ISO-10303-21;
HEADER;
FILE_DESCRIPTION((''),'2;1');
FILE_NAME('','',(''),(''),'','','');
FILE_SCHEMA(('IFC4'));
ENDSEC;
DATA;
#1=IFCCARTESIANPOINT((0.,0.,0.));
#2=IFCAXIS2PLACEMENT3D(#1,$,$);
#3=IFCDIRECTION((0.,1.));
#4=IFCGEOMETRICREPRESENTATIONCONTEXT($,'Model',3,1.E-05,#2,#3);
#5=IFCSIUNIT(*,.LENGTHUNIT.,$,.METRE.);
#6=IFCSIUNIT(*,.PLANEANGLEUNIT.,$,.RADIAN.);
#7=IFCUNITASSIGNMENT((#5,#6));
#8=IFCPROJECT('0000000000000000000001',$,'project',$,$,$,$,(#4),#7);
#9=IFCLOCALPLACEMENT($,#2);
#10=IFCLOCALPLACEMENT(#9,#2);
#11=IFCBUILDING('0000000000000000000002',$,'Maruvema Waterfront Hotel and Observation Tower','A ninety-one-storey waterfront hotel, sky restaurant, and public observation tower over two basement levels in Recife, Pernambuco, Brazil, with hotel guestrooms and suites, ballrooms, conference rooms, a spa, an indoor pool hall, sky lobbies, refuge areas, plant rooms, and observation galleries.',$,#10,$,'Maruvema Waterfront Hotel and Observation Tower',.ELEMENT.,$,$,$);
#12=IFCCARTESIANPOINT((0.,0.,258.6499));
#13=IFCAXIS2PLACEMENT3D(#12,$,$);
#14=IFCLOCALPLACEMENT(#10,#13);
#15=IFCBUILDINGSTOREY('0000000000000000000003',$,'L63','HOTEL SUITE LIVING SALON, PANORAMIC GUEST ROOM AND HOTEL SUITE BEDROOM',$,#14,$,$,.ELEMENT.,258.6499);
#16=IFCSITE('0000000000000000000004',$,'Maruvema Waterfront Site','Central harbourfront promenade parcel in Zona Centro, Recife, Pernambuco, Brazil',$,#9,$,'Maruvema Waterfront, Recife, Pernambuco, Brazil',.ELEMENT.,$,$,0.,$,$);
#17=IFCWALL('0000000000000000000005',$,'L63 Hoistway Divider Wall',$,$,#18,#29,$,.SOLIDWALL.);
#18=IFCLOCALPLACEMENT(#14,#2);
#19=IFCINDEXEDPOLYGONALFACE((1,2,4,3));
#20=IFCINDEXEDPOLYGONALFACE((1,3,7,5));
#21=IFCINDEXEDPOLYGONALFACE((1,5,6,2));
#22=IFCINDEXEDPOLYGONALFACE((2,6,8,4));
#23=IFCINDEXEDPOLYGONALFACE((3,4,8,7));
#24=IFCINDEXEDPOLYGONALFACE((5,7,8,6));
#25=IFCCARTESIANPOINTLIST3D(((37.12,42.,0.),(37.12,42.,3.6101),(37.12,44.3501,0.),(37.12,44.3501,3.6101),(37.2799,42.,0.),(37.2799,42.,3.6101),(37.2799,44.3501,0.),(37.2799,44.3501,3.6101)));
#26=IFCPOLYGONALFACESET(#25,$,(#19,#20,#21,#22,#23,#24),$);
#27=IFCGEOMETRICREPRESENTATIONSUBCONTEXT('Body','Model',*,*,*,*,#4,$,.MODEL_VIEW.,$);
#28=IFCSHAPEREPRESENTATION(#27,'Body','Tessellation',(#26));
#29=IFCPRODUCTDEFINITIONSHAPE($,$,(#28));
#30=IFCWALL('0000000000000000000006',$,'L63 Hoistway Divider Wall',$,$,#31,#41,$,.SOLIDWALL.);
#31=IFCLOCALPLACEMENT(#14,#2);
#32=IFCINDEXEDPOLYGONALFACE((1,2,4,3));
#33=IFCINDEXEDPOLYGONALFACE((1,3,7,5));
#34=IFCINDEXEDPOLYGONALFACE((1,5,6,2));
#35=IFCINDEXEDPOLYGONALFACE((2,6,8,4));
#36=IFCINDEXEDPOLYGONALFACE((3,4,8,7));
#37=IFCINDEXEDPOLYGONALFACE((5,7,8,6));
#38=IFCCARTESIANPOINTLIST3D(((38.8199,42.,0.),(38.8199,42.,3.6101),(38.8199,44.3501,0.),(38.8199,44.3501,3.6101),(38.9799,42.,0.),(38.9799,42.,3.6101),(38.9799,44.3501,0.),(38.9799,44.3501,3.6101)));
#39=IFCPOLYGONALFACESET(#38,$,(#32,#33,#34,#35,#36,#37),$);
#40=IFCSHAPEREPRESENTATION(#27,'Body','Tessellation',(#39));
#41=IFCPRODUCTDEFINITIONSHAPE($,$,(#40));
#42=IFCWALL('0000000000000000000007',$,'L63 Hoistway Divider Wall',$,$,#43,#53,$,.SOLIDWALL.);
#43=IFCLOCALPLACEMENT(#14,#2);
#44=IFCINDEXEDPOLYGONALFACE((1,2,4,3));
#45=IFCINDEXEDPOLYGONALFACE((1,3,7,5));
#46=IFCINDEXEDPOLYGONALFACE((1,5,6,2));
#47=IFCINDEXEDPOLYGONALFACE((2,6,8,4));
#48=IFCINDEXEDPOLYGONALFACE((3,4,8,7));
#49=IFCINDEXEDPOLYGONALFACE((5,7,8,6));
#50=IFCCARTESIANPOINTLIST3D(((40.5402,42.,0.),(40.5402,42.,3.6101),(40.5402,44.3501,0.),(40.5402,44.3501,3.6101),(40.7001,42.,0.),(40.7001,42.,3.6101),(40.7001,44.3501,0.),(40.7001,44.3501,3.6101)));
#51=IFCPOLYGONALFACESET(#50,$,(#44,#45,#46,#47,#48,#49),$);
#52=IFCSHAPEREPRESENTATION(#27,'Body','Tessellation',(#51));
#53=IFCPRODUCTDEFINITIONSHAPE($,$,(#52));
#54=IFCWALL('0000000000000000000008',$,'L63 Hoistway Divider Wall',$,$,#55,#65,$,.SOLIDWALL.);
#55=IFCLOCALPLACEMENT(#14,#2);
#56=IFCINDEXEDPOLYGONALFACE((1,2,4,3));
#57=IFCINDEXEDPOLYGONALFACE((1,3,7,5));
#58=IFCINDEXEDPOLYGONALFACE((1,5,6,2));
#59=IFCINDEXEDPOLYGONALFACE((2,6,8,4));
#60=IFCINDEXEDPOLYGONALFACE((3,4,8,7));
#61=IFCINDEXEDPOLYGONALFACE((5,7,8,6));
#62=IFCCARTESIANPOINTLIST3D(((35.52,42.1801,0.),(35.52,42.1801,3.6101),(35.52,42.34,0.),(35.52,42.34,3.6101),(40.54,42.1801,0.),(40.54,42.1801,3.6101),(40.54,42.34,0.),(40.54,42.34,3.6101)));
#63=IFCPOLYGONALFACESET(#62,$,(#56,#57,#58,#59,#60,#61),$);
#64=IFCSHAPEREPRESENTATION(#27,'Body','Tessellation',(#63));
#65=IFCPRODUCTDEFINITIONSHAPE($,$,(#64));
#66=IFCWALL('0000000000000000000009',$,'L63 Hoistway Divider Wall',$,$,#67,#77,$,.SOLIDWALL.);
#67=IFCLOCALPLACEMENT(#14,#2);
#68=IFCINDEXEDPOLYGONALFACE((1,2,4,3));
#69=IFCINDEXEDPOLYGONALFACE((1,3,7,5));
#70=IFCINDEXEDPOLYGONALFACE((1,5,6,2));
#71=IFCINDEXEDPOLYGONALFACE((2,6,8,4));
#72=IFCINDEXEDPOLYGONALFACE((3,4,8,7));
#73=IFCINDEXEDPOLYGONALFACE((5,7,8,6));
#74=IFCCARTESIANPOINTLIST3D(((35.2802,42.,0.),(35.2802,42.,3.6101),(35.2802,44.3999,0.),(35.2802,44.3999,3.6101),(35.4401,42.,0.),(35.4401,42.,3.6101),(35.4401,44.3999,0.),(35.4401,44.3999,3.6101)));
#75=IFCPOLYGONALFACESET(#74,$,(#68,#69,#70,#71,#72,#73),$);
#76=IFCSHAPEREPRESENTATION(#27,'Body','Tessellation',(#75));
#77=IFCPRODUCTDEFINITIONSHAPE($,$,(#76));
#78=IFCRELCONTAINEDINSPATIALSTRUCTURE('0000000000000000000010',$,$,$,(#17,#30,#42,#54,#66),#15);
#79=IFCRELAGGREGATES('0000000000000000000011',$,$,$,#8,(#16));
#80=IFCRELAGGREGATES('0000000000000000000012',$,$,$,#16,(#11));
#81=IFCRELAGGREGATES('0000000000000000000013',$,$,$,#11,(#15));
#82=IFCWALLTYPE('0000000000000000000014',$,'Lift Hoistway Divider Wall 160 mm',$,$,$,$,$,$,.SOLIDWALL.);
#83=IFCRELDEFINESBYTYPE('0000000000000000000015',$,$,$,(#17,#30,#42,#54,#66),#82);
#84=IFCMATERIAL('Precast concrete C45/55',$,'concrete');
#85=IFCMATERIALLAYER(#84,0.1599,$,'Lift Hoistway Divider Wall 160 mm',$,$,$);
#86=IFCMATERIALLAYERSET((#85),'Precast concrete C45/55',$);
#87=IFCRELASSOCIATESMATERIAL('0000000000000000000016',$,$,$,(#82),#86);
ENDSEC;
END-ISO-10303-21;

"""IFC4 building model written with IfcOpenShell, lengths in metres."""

from ifc_helpers import new_model, si_unit, direction, frame, frame_2d, origin, place, context, subcontext, project, spatial, rectangle, extrude, material, layer, layer_set, type_object, element, save


model = new_model("IFC4")

# Units and contexts
model_context = context("Model", 3, precision=1e-05, world=origin(), true_north=direction((0.0, 1.0)))
body_context = subcontext(model_context, "Body", "Model", "MODEL_VIEW")
ifc_project = project(units=[si_unit("LENGTHUNIT", "METRE"), si_unit("PLANEANGLEUNIT", "RADIAN")], contexts=[model_context])

# Site, building, storey
site_placement = place(None, origin())
site = spatial("IfcSite", under=ifc_project, at=site_placement, Name="Maruvema Waterfront Site", Description="Central harbourfront promenade parcel in Zona Centro, Recife, Pernambuco, Brazil", LongName="Maruvema Waterfront, Recife, Pernambuco, Brazil", CompositionType="ELEMENT", RefElevation=0.0)
building_placement = place(site_placement, origin())
building = spatial("IfcBuilding", under=site, at=building_placement, Name="Maruvema Waterfront Hotel and Observation Tower", Description="A ninety-one-storey waterfront hotel, sky restaurant, and public observation tower over two basement levels in Recife, Pernambuco, Brazil, with hotel guestrooms and suites, ballrooms, conference rooms, a spa, an indoor pool hall, sky lobbies, refuge areas, plant rooms, and observation galleries.", LongName="Maruvema Waterfront Hotel and Observation Tower", CompositionType="ELEMENT")
storey_placement = place(building_placement, frame((0.0, 0.0, 258.6499)))
storey = spatial("IfcBuildingStorey", under=building, at=storey_placement, Name="L63", Description="HOTEL SUITE LIVING SALON, PANORAMIC GUEST ROOM AND HOTEL SUITE BEDROOM", CompositionType="ELEMENT", Elevation=258.6499)

# Walls
ifc_material_1 = material(Name="Precast concrete C45/55", Category="concrete")
ifc_layer_1 = layer(ifc_material_1, 0.1599, Name="Lift Hoistway Divider Wall 160 mm")
ifc_layer_set_1 = layer_set([ifc_layer_1], Name="Precast concrete C45/55")
wall_type_1 = type_object("IfcWallType", Name="Lift Hoistway Divider Wall 160 mm", PredefinedType="SOLIDWALL", material=ifc_layer_set_1)
for number, where, z_axis, x_axis, name in (
    (1, (37.2, 42.0, 0.0), (0.0, 0.0, 1.0), (0.0, 1.0, 0.0), "L63 Hoistway Divider Wall"),
    (2, (38.8999, 42.0, 0.0), (0.0, 0.0, 1.0), (0.0, 1.0, 0.0), "L63 Hoistway Divider Wall"),
    (3, (40.6201, 42.0, 0.0), (0.0, 0.0, 1.0), (0.0, 1.0, 0.0), "L63 Hoistway Divider Wall"),
):
    element("IfcWall", number, at=place(storey_placement, frame(where, z_axis=z_axis, x_axis=x_axis)), inside=storey, type_object=wall_type_1, Name=name, PredefinedType="SOLIDWALL", context=body_context, shape_type="SweptSolid", body=[
        extrude(rectangle(XDim=2.3501, YDim=0.1599, at=frame_2d((1.175, 0.0))), origin(), (0.0, 0.0, 1.0), 3.6101),
    ])
wall_1_placement = place(storey_placement, frame((35.52, 42.26, 0.0), z_axis=(0.0, 0.0, 1.0), x_axis=(1.0, 0.0, 0.0)))
element("IfcWall", 4, at=wall_1_placement, inside=storey, type_object=wall_type_1, Name="L63 Hoistway Divider Wall", PredefinedType="SOLIDWALL", context=body_context, shape_type="SweptSolid", body=[
    extrude(rectangle(XDim=5.02, YDim=0.1599, at=frame_2d((2.51, 0.0))), origin(), (0.0, 0.0, 1.0), 3.6101),
])
wall_2_placement = place(storey_placement, frame((35.3601, 42.0, 0.0), z_axis=(0.0, 0.0, 1.0), x_axis=(0.0, 1.0, 0.0)))
element("IfcWall", 5, at=wall_2_placement, inside=storey, type_object=wall_type_1, Name="L63 Hoistway Divider Wall", PredefinedType="SOLIDWALL", context=body_context, shape_type="SweptSolid", body=[
    extrude(rectangle(XDim=2.3999, YDim=0.1599, at=frame_2d((1.2, 0.0))), origin(), (0.0, 0.0, 1.0), 3.6101),
])

save(model, "model.ifc")
